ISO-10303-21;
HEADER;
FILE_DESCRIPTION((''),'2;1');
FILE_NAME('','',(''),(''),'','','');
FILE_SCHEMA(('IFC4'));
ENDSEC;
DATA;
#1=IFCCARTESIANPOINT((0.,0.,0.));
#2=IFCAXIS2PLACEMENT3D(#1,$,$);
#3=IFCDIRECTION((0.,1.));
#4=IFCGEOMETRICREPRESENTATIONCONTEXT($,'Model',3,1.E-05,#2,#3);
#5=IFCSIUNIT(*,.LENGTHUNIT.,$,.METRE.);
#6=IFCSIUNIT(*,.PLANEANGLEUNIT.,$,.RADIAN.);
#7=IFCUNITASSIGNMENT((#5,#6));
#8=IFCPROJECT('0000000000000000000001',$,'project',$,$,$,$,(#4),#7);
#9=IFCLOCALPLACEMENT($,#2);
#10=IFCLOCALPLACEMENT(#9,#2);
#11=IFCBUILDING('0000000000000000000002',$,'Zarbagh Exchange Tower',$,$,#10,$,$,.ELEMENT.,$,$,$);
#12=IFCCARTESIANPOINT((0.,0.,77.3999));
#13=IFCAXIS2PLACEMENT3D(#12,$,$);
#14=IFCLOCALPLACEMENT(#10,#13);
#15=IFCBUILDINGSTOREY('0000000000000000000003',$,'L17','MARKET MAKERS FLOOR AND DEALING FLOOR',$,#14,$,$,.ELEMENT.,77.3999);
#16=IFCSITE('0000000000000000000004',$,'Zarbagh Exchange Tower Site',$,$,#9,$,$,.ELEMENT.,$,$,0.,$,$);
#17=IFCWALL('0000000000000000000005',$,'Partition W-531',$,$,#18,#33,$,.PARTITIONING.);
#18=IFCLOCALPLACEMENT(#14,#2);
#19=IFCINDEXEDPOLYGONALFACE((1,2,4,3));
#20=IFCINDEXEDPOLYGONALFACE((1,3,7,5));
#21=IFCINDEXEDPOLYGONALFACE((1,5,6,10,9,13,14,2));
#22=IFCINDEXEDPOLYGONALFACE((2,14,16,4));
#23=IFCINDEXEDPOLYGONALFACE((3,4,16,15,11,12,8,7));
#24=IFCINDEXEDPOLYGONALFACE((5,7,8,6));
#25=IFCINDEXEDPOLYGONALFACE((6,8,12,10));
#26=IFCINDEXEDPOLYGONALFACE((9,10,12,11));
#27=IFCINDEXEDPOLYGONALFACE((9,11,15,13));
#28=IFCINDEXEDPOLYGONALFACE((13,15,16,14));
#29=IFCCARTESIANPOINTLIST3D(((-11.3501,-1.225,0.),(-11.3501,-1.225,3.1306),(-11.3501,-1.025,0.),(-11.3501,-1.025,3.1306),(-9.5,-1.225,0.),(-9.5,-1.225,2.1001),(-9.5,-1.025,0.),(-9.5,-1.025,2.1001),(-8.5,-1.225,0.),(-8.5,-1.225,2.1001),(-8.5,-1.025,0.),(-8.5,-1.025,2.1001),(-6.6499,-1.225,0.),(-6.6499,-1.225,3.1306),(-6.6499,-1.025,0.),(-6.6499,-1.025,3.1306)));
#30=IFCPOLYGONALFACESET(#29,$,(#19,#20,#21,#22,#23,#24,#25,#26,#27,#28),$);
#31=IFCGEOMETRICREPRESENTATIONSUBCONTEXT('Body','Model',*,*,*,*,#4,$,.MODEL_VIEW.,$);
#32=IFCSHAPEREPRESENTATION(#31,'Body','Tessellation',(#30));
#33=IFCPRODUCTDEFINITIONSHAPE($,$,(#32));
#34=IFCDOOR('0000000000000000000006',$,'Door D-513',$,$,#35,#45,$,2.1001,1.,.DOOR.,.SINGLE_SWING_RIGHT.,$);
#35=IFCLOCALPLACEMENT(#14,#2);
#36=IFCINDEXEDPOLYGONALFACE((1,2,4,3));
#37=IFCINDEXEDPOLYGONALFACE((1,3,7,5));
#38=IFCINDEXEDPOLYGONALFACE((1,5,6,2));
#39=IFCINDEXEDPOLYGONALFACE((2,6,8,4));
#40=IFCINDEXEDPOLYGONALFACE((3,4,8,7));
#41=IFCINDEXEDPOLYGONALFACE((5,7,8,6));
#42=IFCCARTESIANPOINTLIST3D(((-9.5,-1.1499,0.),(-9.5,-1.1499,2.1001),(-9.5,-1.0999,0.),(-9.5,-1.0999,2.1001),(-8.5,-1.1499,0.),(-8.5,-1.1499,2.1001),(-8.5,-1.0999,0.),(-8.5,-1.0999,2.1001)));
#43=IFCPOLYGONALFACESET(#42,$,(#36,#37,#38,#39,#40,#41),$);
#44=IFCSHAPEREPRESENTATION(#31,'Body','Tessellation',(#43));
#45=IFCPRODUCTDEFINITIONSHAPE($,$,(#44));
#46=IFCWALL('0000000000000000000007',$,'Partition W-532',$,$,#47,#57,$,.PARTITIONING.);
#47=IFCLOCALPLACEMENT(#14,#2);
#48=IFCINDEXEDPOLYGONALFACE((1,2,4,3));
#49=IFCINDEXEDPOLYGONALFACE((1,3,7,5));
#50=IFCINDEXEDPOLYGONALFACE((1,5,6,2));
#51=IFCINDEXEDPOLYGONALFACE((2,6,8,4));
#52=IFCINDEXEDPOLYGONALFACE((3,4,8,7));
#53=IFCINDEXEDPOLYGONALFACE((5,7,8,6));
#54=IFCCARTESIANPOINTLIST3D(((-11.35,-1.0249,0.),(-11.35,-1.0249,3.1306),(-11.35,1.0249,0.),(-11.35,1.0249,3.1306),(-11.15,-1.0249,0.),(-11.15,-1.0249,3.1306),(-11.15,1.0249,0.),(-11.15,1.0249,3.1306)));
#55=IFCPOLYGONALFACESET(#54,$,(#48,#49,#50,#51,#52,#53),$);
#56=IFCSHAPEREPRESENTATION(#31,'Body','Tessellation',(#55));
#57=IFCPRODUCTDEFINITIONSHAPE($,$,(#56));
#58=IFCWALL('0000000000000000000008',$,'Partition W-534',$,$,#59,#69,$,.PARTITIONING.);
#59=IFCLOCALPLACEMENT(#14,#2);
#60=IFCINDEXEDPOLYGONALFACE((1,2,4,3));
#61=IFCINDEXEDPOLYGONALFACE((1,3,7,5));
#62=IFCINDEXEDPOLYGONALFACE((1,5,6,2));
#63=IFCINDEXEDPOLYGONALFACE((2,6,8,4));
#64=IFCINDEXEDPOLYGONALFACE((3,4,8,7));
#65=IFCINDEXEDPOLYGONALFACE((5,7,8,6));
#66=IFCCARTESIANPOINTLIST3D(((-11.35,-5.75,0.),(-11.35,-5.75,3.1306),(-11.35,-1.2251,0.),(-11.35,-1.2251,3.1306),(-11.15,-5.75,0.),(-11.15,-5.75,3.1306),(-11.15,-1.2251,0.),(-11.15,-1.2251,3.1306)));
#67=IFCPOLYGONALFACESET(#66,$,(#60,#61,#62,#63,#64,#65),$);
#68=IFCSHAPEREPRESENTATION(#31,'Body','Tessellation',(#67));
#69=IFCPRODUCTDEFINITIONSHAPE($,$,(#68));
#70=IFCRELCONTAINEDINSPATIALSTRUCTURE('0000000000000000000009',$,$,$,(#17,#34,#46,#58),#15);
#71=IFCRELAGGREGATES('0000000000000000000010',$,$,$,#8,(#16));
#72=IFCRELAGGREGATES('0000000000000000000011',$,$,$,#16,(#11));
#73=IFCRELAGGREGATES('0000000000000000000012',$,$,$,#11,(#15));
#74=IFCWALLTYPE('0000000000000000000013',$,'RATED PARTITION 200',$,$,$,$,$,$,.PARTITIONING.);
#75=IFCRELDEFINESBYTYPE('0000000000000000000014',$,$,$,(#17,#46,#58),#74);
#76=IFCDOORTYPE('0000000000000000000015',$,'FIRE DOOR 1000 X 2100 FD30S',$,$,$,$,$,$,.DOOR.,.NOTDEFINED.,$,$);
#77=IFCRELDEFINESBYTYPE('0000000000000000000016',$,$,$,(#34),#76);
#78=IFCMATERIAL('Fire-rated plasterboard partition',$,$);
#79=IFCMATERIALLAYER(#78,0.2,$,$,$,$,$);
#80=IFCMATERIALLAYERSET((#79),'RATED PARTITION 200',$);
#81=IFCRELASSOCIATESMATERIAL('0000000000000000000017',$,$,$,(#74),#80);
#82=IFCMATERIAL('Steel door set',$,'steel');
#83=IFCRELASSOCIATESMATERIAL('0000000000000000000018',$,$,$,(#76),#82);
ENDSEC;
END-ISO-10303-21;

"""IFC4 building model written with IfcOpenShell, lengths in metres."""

from ifc_helpers import new_model, si_unit, direction, frame, frame_2d, origin, place, context, subcontext, project, spatial, rectangle, extrude, material, layer, layer_set, type_object, element, fill, save


model = new_model("IFC4")

# Units and contexts
model_context = context("Model", 3, precision=1e-05, world=origin(), true_north=direction((0.0, 1.0)))
body_context = subcontext(model_context, "Body", "Model", "MODEL_VIEW")
ifc_project = project(units=[si_unit("LENGTHUNIT", "METRE"), si_unit("PLANEANGLEUNIT", "RADIAN")], contexts=[model_context])

# Site, building, storey
site_placement = place(None, origin())
site = spatial("IfcSite", under=ifc_project, at=site_placement, Name="Zarbagh Exchange Tower Site", CompositionType="ELEMENT", RefElevation=0.0)
building_placement = place(site_placement, origin())
building = spatial("IfcBuilding", under=site, at=building_placement, Name="Zarbagh Exchange Tower", CompositionType="ELEMENT")
storey_placement = place(building_placement, frame((0.0, 0.0, 77.3999)))
storey = spatial("IfcBuildingStorey", under=building, at=storey_placement, Name="L17", Description="MARKET MAKERS FLOOR AND DEALING FLOOR", CompositionType="ELEMENT", Elevation=77.3999)

# Shared definitions
ifc_material_1 = material(Name="Fire-rated plasterboard partition")
ifc_layer_1 = layer(ifc_material_1, 0.2)
ifc_layer_set_1 = layer_set([ifc_layer_1], Name="RATED PARTITION 200")
wall_type_1 = type_object("IfcWallType", Name="RATED PARTITION 200", PredefinedType="PARTITIONING", material=ifc_layer_set_1)

# Wall, opening, door
wall_1_placement = place(storey_placement, frame((-6.6499, -1.125, 0.0), z_axis=(0.0, 0.0, 1.0), x_axis=(-1.0, 0.0, 0.0)))
wall_1 = element("IfcWall", 1, at=wall_1_placement, inside=storey, type_object=wall_type_1, Name="Partition W-531", PredefinedType="PARTITIONING", context=body_context, shape_type="SweptSolid", body=[
    extrude(rectangle(XDim=4.7002, YDim=0.2, at=frame_2d((2.3501, 0.0))), origin(), (0.0, 0.0, 1.0), 3.1306),
])
opening_1_placement = place(wall_1_placement, frame((1.8501, 0.0, 0.0)))
opening_1 = element("IfcOpeningElement", 2, at=opening_1_placement, cuts=wall_1, PredefinedType="OPENING", context=body_context, shape_type="SweptSolid", body=[
    extrude(rectangle(XDim=1.0, YDim=2.1001, at=frame_2d((0.5, 1.05))), frame((0.0, 0.1099, 0.0), z_axis=(0.0, -1.0, 0.0), x_axis=(1.0, 0.0, 0.0)), (0.0, 0.0, 1.0), 0.22),
])
ifc_material_2 = material(Name="Steel door set", Category="steel")
door_type_1 = type_object("IfcDoorType", Name="FIRE DOOR 1000 X 2100 FD30S", OperationType="NOTDEFINED", PredefinedType="DOOR", material=ifc_material_2)
door_1_placement = place(opening_1_placement, origin())
door_1 = element("IfcDoor", 3, at=door_1_placement, inside=storey, type_object=door_type_1, Name="Door D-513", OperationType="SINGLE_SWING_RIGHT", OverallHeight=2.1001, OverallWidth=1.0, PredefinedType="DOOR", context=body_context, shape_type="SweptSolid", body=[
    extrude(rectangle(XDim=1.0, YDim=2.1001, at=frame_2d((0.5, 1.05))), frame((0.0, 0.0249, 0.0), z_axis=(0.0, -1.0, 0.0), x_axis=(1.0, 0.0, 0.0)), (0.0, 0.0, 1.0), 0.05),
])
fill(opening_1, door_1)

# Walls
wall_2_placement = place(storey_placement, frame((-11.25, -1.0249, 0.0), z_axis=(0.0, 0.0, 1.0), x_axis=(0.0, 1.0, 0.0)))
element("IfcWall", 4, at=wall_2_placement, inside=storey, type_object=wall_type_1, Name="Partition W-532", PredefinedType="PARTITIONING", context=body_context, shape_type="SweptSolid", body=[
    extrude(rectangle(XDim=2.0498, YDim=0.2, at=frame_2d((1.0249, 0.0))), origin(), (0.0, 0.0, 1.0), 3.1306),
])
wall_3_placement = place(storey_placement, frame((-11.25, -5.75, 0.0), z_axis=(0.0, 0.0, 1.0), x_axis=(0.0, 1.0, 0.0)))
element("IfcWall", 5, at=wall_3_placement, inside=storey, type_object=wall_type_1, Name="Partition W-534", PredefinedType="PARTITIONING", context=body_context, shape_type="SweptSolid", body=[
    extrude(rectangle(XDim=4.5249, YDim=0.2, at=frame_2d((2.2625, 0.0))), origin(), (0.0, 0.0, 1.0), 3.1306),
])

save(model, "model.ifc")
